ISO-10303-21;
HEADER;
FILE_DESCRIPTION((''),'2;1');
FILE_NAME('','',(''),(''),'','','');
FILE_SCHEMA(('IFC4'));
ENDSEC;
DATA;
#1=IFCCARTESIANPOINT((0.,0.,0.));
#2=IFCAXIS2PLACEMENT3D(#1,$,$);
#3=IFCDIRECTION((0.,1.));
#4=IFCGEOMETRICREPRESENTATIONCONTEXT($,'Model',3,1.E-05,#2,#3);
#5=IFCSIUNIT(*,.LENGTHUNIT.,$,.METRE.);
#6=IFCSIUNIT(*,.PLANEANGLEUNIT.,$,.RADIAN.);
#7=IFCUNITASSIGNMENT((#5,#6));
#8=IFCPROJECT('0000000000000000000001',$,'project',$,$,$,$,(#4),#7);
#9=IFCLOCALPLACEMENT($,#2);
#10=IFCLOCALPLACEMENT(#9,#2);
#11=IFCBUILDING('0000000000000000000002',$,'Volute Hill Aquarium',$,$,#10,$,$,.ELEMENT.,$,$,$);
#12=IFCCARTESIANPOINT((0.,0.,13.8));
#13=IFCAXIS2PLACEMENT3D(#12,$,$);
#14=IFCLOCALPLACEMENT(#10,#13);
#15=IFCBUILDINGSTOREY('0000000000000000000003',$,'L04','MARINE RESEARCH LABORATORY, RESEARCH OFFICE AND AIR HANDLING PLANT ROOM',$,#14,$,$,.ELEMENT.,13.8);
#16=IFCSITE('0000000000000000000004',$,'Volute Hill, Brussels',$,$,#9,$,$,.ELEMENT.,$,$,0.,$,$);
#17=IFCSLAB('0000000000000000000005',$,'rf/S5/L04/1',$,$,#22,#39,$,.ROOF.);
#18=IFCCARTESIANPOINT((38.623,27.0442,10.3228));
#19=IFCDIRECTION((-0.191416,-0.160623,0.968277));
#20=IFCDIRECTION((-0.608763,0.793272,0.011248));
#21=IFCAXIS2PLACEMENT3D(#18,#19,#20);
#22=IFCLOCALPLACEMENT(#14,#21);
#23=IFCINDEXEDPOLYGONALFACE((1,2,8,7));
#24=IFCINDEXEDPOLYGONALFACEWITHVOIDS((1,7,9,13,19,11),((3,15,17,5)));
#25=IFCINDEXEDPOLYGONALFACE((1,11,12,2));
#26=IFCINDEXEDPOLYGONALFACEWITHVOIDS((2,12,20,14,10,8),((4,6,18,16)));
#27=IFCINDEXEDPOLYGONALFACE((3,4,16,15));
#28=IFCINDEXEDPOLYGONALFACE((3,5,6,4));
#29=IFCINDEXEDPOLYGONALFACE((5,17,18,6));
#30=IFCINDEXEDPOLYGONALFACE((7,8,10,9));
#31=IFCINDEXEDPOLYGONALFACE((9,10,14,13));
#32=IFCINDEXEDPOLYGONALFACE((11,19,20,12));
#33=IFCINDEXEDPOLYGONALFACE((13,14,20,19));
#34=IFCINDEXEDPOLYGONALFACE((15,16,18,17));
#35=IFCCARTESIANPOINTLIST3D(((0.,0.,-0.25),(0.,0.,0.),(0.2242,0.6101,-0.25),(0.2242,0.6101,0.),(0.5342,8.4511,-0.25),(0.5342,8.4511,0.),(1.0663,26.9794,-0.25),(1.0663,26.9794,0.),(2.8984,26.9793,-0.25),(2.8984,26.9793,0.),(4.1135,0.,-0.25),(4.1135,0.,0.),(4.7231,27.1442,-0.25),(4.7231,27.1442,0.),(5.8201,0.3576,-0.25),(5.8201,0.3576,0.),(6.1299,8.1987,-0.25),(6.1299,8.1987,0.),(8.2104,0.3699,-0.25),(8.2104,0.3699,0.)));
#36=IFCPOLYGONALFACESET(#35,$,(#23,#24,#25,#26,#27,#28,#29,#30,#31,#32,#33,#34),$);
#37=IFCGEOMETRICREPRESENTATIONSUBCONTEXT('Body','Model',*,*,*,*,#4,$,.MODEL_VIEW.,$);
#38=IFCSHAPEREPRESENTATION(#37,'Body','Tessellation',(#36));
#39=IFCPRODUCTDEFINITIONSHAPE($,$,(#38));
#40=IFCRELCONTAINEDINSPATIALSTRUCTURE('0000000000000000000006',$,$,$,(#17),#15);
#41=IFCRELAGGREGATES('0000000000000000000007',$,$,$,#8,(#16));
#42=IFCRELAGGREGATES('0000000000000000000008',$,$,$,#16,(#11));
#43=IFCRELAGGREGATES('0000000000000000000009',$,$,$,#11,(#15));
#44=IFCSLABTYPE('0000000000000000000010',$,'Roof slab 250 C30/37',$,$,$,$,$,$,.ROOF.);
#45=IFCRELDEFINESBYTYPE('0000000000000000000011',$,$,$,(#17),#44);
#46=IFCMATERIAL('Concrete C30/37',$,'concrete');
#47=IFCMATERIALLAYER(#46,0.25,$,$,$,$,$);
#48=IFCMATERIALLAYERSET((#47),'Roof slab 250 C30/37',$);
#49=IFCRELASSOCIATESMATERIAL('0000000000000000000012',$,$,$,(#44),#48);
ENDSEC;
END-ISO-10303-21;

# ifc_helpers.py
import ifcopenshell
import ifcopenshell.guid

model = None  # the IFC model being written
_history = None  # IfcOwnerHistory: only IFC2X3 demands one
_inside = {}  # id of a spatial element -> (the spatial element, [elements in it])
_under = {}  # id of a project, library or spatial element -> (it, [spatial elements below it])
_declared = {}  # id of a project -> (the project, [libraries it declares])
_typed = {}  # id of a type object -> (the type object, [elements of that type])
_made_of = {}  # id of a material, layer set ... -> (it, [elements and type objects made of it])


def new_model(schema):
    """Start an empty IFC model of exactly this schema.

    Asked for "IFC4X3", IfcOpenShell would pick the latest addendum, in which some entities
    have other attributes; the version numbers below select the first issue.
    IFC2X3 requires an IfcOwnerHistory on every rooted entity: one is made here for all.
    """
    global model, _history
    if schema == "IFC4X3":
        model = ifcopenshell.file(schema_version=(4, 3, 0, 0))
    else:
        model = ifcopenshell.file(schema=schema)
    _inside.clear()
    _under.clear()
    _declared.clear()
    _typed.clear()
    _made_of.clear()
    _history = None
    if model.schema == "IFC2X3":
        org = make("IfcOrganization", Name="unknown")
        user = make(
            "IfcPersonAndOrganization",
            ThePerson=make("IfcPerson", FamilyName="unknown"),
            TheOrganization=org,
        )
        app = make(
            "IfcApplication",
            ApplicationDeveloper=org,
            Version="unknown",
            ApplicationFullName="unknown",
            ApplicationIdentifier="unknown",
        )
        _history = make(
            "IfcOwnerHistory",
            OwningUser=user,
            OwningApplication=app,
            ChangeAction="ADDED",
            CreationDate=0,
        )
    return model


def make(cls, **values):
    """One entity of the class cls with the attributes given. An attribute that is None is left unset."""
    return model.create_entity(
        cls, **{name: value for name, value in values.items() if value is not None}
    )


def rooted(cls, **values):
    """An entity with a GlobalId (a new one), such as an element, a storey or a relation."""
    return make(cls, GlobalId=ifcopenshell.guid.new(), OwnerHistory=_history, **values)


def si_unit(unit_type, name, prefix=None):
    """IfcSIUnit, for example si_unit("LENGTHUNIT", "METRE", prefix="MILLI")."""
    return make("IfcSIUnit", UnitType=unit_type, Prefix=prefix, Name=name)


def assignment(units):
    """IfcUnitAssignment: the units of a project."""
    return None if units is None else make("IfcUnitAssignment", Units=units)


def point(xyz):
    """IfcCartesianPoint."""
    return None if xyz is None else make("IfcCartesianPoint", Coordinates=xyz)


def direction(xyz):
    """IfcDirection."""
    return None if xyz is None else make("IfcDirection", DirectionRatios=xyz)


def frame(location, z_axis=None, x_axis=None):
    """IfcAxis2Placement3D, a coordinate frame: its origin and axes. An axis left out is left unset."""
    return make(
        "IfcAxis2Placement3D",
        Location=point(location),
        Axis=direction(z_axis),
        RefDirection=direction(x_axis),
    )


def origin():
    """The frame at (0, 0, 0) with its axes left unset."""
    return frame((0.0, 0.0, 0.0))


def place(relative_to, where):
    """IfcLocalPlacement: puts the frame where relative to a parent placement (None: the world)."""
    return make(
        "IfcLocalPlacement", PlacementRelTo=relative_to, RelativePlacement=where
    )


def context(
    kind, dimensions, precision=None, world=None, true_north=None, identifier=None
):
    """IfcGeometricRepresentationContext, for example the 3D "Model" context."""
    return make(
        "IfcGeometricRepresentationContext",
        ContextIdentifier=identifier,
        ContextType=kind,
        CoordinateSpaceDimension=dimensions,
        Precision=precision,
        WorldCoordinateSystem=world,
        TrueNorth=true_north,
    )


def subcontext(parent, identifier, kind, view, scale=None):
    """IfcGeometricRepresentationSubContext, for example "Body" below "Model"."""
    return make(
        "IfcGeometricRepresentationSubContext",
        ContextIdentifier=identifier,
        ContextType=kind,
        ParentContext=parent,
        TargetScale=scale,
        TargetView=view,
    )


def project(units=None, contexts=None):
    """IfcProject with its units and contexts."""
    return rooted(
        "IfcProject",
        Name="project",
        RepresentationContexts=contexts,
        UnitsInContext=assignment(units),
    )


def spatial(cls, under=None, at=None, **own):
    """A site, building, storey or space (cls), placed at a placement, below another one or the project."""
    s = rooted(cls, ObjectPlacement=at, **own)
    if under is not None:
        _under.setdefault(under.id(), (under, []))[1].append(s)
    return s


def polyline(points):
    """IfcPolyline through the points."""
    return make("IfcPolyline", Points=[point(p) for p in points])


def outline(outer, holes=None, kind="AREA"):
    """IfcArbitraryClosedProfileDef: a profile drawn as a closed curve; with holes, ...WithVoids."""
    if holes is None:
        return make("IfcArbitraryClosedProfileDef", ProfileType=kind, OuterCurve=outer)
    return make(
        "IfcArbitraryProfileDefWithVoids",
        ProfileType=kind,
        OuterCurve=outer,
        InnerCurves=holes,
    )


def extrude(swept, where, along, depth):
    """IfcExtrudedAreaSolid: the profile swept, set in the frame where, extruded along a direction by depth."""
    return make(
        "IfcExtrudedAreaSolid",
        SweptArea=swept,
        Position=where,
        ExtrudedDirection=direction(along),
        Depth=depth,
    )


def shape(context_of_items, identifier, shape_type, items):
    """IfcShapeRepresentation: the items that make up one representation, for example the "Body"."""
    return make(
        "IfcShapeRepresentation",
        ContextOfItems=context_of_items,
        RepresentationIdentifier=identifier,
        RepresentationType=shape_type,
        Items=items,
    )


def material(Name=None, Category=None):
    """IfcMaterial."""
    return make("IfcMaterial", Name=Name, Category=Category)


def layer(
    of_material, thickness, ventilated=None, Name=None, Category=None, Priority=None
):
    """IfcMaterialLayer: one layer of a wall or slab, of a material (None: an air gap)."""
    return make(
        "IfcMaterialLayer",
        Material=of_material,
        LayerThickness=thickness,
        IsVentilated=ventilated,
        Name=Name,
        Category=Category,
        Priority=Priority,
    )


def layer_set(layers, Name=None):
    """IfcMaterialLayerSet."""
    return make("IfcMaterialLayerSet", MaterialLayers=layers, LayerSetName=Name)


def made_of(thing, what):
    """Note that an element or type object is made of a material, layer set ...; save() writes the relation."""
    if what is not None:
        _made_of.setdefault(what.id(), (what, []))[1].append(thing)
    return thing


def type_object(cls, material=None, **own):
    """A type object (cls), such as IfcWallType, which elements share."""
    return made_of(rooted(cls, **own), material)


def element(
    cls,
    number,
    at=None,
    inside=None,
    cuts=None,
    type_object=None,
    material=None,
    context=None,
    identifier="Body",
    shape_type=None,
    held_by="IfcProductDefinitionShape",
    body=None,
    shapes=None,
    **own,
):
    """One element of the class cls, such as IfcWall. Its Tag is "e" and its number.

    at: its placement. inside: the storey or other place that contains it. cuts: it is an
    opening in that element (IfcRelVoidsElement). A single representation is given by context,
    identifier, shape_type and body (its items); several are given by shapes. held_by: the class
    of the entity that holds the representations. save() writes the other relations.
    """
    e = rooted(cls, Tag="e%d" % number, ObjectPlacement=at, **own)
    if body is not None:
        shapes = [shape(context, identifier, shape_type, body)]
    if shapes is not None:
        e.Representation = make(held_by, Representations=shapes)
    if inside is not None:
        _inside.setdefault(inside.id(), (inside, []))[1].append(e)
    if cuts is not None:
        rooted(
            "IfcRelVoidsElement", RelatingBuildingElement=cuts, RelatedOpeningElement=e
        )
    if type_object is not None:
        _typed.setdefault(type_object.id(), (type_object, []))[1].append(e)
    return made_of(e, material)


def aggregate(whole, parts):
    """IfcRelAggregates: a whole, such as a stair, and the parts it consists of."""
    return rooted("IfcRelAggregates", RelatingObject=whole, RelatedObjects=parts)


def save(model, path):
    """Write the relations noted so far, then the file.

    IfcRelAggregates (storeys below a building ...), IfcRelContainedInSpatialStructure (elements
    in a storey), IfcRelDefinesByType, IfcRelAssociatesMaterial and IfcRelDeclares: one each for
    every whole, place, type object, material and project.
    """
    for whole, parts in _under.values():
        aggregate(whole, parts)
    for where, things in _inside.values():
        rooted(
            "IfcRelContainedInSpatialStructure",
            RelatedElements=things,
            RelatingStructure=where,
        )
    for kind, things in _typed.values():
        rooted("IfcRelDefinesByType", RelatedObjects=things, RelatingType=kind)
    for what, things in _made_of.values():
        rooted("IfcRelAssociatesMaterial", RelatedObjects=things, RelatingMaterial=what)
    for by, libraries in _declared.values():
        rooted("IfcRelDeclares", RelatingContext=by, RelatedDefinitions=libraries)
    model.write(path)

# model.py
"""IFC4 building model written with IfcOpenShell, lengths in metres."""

from ifc_helpers import new_model, si_unit, direction, frame, origin, place, context, subcontext, project, spatial, polyline, outline, extrude, material, layer, layer_set, type_object, element, save


model = new_model("IFC4")

# Units and contexts
model_context = context("Model", 3, precision=1e-05, world=origin(), true_north=direction((0.0, 1.0)))
body_context = subcontext(model_context, "Body", "Model", "MODEL_VIEW")
ifc_project = project(units=[si_unit("LENGTHUNIT", "METRE"), si_unit("PLANEANGLEUNIT", "RADIAN")], contexts=[model_context])

# Site, building, storey
site_placement = place(None, origin())
site = spatial("IfcSite", under=ifc_project, at=site_placement, Name="Volute Hill, Brussels", CompositionType="ELEMENT", RefElevation=0.0)
building_placement = place(site_placement, origin())
building = spatial("IfcBuilding", under=site, at=building_placement, Name="Volute Hill Aquarium", CompositionType="ELEMENT")
storey_placement = place(building_placement, frame((0.0, 0.0, 13.8)))
storey = spatial("IfcBuildingStorey", under=building, at=storey_placement, Name="L04", Description="MARINE RESEARCH LABORATORY, RESEARCH OFFICE AND AIR HANDLING PLANT ROOM", CompositionType="ELEMENT", Elevation=13.8)

# Slab
ifc_material_1 = material(Name="Concrete C30/37", Category="concrete")
ifc_layer_1 = layer(ifc_material_1, 0.25)
ifc_layer_set_1 = layer_set([ifc_layer_1], Name="Roof slab 250 C30/37")
slab_type = type_object("IfcSlabType", Name="Roof slab 250 C30/37", PredefinedType="ROOF", material=ifc_layer_set_1)
slab_placement = place(storey_placement, frame((38.623, 27.0442, 10.3228), z_axis=(-0.191416, -0.160623, 0.968277), x_axis=(-0.608763, 0.793272, 0.011248)))
element("IfcSlab", 1, at=slab_placement, inside=storey, type_object=slab_type, Name="rf/S5/L04/1", PredefinedType="ROOF", context=body_context, shape_type="SweptSolid", body=[
    extrude(outline(polyline([(0.0, 0.0), (4.1135, 0.0), (8.2104, 0.3699), (4.7231, 27.1442), (2.8984, 26.9793), (1.0663, 26.9794), (0.0, 0.0)]), holes=[polyline([(0.2242, 0.6101), (5.8201, 0.3576), (6.1299, 8.1987), (0.5342, 8.4511), (0.2242, 0.6101)])]), origin(), (0.0, 0.0, -1.0), 0.25),
])

save(model, "model.ifc")
